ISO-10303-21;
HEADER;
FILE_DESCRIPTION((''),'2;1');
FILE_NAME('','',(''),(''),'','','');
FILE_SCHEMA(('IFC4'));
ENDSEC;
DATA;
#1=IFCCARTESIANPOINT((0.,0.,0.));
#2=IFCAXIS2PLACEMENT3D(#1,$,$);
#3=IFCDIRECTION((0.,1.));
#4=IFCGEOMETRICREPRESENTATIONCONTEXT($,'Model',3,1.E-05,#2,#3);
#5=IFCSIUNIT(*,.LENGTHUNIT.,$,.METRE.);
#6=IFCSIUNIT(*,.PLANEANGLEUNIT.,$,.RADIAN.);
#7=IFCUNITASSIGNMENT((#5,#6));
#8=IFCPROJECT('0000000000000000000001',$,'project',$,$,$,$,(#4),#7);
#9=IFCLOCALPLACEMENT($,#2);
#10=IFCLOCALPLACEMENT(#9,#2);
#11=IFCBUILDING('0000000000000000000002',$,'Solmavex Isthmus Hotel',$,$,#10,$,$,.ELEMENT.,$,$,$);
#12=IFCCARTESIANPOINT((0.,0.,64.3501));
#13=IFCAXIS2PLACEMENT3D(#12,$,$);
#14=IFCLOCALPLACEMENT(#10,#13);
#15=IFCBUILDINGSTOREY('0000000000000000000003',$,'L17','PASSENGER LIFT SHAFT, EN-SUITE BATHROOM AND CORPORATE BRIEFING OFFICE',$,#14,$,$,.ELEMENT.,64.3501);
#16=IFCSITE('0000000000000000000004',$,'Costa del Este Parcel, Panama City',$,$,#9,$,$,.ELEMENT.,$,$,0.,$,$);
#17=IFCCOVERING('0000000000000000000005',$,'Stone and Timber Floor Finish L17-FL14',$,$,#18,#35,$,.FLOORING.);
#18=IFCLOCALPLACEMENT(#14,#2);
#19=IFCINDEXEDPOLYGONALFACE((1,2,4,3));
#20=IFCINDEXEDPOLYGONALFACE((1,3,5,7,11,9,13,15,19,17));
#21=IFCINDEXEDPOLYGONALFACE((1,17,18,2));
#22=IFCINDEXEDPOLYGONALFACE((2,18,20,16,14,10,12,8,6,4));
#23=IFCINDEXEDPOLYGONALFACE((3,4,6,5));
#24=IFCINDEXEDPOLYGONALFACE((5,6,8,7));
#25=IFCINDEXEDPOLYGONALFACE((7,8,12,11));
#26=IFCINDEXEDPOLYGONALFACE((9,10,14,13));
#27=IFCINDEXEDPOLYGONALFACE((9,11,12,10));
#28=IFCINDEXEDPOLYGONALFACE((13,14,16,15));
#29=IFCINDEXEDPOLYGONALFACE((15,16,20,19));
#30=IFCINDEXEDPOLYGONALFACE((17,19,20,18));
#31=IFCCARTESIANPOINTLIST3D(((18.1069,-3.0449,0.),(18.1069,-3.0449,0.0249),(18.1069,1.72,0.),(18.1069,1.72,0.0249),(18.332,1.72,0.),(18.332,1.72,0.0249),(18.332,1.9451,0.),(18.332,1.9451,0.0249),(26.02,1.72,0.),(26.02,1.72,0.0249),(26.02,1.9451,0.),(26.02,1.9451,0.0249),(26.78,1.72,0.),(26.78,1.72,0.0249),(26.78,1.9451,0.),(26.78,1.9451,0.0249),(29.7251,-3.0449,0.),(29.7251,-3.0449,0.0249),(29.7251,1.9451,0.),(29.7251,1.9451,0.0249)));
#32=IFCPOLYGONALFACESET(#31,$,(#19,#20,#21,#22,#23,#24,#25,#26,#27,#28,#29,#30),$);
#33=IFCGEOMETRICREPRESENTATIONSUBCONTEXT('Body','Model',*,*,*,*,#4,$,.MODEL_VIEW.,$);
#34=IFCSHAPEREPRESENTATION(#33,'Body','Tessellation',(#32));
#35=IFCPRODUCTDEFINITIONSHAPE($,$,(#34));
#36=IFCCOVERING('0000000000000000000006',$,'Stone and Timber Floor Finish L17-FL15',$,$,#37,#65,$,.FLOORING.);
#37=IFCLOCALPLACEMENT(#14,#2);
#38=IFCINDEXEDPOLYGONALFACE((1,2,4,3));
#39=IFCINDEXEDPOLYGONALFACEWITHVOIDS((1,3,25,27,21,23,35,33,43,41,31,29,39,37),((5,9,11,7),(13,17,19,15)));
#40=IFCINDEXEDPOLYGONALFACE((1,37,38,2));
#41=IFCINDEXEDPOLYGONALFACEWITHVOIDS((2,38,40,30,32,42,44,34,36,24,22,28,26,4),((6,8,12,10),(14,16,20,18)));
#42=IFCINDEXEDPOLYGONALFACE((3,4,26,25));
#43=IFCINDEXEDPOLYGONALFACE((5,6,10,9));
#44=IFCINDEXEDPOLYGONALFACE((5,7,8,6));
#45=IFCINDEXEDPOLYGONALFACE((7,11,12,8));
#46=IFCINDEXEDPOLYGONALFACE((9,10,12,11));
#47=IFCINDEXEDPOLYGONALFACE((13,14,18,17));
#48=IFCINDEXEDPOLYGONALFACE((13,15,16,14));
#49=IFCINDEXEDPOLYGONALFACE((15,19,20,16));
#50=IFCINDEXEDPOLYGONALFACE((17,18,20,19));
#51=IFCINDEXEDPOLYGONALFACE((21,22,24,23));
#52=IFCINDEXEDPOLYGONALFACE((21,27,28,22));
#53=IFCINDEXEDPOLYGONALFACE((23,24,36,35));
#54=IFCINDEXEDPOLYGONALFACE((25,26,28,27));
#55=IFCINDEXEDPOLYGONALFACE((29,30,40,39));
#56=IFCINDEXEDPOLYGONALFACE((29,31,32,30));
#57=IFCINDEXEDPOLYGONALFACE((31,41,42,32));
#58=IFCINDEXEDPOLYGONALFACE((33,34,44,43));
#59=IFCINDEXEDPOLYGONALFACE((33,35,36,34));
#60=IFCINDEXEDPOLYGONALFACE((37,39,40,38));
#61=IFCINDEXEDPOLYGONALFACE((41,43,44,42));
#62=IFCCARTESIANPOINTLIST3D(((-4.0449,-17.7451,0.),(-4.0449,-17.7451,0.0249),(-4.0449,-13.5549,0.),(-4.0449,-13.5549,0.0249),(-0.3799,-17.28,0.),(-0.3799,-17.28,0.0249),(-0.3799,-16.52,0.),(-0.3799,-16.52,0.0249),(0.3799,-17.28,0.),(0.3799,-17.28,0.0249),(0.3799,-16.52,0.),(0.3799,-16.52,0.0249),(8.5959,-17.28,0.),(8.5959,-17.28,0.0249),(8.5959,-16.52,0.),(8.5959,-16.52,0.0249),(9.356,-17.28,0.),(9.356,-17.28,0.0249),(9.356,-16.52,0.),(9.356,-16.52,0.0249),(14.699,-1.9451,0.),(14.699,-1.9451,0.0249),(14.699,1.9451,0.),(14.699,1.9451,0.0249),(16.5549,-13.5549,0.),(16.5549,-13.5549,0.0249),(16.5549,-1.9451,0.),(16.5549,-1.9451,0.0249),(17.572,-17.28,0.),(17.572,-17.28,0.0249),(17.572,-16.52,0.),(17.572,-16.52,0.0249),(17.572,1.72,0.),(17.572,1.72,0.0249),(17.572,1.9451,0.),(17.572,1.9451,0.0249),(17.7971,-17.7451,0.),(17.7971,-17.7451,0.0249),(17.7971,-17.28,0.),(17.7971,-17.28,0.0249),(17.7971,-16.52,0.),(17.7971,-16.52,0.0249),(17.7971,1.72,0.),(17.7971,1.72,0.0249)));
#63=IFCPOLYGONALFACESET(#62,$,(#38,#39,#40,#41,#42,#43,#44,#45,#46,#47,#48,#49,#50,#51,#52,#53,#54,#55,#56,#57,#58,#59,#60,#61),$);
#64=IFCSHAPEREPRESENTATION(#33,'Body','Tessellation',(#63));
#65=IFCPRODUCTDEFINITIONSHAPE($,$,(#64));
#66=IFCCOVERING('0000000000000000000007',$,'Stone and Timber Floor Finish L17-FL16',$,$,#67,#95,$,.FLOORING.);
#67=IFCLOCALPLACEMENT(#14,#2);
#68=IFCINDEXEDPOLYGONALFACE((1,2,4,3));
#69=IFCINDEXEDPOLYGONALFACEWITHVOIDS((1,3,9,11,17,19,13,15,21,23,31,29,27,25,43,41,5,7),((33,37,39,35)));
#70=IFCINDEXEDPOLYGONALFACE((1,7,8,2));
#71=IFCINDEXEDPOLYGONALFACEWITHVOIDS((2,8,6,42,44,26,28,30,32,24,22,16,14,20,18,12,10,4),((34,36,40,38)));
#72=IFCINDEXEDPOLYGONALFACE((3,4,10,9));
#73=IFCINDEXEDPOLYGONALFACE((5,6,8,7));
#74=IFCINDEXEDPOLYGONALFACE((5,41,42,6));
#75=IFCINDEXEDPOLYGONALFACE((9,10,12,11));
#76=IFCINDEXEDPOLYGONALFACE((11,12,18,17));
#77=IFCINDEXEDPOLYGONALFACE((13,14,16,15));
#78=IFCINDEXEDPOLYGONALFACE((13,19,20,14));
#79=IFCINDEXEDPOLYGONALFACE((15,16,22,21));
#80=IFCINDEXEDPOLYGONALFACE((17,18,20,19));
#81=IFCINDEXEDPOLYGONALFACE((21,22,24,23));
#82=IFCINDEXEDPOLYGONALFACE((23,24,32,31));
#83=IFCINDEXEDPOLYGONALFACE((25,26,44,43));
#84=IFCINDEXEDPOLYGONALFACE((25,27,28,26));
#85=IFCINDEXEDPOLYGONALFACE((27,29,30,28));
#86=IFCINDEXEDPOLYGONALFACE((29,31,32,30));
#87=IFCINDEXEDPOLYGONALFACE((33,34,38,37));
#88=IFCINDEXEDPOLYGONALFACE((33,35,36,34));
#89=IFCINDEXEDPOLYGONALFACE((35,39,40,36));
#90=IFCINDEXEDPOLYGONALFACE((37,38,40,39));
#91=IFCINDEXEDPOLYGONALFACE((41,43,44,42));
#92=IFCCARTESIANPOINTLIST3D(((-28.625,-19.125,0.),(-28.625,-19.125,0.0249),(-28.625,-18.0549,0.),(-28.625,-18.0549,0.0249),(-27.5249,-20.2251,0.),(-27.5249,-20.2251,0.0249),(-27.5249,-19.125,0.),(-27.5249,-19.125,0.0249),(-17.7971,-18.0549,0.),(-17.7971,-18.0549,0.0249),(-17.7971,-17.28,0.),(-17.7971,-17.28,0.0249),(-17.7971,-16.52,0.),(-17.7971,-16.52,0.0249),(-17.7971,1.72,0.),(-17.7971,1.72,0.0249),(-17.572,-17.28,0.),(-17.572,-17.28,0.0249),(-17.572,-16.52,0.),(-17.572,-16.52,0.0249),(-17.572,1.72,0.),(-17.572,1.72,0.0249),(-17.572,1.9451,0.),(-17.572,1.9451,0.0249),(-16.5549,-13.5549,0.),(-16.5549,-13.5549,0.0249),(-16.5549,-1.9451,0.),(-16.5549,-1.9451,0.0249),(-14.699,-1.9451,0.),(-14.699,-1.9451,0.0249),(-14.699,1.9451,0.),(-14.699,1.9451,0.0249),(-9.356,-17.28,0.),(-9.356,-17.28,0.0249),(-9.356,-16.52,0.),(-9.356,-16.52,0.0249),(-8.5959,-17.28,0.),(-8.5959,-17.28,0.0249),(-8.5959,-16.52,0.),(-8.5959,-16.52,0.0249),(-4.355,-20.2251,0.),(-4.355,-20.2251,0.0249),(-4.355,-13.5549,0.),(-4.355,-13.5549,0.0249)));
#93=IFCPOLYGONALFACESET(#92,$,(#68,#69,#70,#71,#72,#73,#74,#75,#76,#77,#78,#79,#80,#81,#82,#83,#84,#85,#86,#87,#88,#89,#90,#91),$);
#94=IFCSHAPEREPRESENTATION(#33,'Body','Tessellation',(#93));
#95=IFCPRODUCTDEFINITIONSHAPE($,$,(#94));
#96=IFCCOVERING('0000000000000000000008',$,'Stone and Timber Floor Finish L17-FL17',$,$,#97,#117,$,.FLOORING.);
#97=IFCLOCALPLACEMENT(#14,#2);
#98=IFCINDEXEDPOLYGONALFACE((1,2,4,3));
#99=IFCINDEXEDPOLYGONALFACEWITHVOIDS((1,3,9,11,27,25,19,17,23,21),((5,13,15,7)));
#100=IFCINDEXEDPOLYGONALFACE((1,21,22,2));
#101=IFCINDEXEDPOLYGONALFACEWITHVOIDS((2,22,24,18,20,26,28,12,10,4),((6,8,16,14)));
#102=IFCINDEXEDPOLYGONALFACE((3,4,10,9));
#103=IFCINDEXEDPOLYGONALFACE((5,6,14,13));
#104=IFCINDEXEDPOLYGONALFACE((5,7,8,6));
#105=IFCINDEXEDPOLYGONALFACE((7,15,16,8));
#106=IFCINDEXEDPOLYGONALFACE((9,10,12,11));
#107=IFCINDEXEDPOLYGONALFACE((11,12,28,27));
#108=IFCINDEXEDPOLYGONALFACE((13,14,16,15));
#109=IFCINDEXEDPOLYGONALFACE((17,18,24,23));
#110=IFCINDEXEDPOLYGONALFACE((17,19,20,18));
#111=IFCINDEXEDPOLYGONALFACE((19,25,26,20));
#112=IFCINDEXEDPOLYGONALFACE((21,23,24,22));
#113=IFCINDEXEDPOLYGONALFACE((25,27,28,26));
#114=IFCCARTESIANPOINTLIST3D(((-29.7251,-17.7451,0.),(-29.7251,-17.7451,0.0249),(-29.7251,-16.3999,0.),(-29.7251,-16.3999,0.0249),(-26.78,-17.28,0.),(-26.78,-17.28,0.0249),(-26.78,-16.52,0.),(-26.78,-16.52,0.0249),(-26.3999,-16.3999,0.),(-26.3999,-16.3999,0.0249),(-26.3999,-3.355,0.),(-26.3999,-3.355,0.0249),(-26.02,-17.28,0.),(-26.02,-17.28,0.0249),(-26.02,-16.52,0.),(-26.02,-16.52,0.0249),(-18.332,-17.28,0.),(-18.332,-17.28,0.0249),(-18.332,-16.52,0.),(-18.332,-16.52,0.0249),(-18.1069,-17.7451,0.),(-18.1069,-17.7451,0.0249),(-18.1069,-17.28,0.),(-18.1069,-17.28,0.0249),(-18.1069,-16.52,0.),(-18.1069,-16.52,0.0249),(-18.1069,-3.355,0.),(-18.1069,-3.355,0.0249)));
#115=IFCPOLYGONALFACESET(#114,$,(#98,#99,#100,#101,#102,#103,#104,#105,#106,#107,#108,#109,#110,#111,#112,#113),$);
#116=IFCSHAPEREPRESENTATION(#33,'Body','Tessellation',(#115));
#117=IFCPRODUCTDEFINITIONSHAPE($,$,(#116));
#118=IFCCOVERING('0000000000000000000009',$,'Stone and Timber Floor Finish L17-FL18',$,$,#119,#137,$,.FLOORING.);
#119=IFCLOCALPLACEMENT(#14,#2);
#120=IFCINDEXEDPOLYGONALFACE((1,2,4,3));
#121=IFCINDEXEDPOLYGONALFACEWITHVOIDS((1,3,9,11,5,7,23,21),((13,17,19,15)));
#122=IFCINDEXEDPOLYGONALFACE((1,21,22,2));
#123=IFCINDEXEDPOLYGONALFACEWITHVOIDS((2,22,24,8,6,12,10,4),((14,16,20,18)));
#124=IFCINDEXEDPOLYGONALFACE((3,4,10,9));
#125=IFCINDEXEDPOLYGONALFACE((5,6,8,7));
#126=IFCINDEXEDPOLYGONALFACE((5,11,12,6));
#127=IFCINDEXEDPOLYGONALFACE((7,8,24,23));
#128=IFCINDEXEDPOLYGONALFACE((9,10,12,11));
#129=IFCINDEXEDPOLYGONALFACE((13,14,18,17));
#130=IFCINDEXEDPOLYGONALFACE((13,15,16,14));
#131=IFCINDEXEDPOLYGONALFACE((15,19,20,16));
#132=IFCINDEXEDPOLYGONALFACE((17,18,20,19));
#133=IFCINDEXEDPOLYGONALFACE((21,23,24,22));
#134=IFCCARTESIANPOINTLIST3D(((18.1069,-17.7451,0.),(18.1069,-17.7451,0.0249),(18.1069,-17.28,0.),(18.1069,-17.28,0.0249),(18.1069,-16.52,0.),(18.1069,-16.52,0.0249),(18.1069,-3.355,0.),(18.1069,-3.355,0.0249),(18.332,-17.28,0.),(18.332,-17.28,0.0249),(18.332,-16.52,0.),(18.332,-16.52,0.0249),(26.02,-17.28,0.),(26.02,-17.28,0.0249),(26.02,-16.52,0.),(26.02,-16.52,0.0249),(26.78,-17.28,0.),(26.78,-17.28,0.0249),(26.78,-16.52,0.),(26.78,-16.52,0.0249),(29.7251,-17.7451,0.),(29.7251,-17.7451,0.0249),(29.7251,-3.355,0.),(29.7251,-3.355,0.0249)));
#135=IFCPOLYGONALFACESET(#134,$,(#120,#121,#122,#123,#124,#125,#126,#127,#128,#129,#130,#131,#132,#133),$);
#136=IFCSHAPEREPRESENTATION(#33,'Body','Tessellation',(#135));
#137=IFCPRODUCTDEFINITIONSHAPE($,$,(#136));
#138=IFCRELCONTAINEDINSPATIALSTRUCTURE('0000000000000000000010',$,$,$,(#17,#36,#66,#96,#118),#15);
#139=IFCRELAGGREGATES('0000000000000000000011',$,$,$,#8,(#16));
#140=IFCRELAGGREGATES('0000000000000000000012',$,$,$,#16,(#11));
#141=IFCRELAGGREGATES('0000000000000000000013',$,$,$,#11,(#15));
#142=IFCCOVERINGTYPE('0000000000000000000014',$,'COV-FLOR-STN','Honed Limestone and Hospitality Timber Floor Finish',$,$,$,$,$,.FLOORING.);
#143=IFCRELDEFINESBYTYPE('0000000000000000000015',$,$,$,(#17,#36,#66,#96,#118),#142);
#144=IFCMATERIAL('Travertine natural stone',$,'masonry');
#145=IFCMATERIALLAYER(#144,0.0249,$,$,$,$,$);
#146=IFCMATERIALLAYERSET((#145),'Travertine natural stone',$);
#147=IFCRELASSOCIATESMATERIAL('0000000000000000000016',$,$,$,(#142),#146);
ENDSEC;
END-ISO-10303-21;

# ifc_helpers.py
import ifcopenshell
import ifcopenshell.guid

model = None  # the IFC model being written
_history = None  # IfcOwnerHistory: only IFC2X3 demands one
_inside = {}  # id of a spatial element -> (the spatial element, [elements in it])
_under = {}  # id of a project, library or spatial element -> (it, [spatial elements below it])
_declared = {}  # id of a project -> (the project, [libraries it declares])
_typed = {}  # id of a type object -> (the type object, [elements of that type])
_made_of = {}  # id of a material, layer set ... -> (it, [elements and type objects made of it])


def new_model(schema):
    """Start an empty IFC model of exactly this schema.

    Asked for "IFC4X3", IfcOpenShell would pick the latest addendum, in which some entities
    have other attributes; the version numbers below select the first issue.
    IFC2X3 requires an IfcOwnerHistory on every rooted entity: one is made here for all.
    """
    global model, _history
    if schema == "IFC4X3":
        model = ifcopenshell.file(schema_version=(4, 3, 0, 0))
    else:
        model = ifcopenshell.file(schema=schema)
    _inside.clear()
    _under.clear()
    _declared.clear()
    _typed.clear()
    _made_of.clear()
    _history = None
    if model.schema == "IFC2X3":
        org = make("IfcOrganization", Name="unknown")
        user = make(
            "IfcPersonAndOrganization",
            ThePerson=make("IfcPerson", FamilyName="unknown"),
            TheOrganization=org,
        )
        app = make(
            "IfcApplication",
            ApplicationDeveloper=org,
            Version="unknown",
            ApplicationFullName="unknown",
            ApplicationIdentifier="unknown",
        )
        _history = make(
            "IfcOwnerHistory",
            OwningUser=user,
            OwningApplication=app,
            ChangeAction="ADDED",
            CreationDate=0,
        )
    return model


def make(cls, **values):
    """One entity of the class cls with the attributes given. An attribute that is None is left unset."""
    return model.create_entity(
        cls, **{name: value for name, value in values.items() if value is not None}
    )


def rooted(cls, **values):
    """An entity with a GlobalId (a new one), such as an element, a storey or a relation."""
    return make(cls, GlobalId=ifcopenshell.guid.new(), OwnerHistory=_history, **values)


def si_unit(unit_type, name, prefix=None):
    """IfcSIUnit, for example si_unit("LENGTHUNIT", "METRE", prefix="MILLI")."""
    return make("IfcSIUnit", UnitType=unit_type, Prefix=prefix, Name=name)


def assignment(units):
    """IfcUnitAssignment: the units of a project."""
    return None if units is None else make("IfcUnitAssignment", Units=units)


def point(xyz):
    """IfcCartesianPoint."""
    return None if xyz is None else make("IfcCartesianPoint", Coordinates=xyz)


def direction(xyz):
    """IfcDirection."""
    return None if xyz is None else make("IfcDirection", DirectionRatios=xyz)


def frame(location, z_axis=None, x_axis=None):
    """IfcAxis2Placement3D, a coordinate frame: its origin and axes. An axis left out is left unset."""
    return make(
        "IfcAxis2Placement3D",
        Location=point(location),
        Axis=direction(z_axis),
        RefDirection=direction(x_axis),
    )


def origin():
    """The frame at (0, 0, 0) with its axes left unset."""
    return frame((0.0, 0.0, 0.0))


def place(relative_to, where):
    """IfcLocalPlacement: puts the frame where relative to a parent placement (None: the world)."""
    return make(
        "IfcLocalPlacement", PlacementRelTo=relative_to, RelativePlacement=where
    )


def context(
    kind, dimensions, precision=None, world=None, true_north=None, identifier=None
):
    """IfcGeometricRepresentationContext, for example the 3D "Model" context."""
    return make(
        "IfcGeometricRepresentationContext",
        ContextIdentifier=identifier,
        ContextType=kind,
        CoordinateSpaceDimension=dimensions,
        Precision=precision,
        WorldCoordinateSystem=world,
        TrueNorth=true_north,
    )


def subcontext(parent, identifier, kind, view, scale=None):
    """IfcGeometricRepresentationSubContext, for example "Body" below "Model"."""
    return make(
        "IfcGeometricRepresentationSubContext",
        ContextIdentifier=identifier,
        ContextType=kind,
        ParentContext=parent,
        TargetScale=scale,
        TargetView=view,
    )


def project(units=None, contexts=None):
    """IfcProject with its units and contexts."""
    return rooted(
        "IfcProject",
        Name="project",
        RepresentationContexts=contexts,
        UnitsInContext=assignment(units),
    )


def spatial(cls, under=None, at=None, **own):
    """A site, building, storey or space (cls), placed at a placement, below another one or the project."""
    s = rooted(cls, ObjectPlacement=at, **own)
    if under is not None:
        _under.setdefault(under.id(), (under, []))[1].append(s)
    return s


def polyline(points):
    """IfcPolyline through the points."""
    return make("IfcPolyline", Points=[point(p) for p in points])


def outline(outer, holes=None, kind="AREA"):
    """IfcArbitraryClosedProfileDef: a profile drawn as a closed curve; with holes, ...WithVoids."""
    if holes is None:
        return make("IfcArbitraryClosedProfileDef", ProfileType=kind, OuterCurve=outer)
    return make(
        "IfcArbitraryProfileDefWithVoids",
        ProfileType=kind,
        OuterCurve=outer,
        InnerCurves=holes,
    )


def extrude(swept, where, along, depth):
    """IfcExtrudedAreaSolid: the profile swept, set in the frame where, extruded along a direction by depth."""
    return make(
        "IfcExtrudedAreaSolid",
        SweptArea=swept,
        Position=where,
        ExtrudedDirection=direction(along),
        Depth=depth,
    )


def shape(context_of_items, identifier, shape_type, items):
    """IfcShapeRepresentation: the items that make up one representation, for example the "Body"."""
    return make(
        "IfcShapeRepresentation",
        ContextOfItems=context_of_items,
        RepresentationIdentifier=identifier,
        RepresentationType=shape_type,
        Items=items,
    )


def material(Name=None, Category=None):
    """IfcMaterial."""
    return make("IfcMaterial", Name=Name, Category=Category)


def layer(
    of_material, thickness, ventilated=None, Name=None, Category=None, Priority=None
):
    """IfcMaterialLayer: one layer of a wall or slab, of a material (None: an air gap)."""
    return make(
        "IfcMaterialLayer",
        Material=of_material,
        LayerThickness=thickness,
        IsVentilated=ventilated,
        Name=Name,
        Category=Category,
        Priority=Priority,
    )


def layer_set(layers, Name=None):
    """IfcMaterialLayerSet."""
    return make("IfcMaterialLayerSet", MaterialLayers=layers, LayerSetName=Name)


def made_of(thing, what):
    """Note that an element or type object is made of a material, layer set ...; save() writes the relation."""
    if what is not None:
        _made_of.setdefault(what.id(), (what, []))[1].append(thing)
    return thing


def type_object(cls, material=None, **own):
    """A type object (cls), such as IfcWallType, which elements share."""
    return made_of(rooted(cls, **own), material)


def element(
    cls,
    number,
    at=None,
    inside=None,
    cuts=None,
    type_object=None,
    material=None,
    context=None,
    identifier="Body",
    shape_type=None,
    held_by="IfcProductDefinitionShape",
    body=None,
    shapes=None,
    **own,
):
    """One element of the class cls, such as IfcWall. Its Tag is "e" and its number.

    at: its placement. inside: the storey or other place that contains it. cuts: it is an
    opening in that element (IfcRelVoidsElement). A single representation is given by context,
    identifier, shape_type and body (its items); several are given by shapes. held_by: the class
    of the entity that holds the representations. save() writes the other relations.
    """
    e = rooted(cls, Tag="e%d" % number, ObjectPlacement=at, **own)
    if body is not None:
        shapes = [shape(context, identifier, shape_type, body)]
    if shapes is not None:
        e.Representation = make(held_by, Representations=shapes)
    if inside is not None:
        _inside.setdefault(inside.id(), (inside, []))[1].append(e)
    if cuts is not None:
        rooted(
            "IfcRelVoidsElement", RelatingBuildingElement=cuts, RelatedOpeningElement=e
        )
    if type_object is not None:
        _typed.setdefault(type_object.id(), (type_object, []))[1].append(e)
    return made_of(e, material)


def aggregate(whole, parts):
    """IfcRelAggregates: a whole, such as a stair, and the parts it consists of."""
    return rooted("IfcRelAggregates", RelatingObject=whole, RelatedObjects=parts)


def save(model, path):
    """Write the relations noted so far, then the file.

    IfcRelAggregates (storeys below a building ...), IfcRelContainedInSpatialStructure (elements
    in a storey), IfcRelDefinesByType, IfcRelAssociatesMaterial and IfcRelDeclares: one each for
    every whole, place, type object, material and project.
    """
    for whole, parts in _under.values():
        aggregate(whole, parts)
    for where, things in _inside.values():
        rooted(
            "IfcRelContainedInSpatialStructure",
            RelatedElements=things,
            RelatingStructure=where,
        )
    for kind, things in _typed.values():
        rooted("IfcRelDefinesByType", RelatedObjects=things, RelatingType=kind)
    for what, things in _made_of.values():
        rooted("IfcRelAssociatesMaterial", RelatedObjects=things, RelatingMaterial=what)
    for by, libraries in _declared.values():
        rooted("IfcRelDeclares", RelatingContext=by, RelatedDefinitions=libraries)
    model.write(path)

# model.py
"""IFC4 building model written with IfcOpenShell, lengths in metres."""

from ifc_helpers import new_model, si_unit, direction, frame, origin, place, context, subcontext, project, spatial, polyline, outline, extrude, material, layer, layer_set, type_object, element, save


model = new_model("IFC4")

# Units and contexts
model_context = context("Model", 3, precision=1e-05, world=origin(), true_north=direction((0.0, 1.0)))
body_context = subcontext(model_context, "Body", "Model", "MODEL_VIEW")
ifc_project = project(units=[si_unit("LENGTHUNIT", "METRE"), si_unit("PLANEANGLEUNIT", "RADIAN")], contexts=[model_context])

# Site, building, storey
site_placement = place(None, origin())
site = spatial("IfcSite", under=ifc_project, at=site_placement, Name="Costa del Este Parcel, Panama City", CompositionType="ELEMENT", RefElevation=0.0)
building_placement = place(site_placement, origin())
building = spatial("IfcBuilding", under=site, at=building_placement, Name="Solmavex Isthmus Hotel", CompositionType="ELEMENT")
storey_placement = place(building_placement, frame((0.0, 0.0, 64.3501)))
storey = spatial("IfcBuildingStorey", under=building, at=storey_placement, Name="L17", Description="PASSENGER LIFT SHAFT, EN-SUITE BATHROOM AND CORPORATE BRIEFING OFFICE", CompositionType="ELEMENT", Elevation=64.3501)

# Coverings
ifc_material_1 = material(Name="Travertine natural stone", Category="masonry")
ifc_layer_1 = layer(ifc_material_1, 0.0249)
ifc_layer_set_1 = layer_set([ifc_layer_1], Name="Travertine natural stone")
covering_type_1 = type_object("IfcCoveringType", Name="COV-FLOR-STN", Description="Honed Limestone and Hospitality Timber Floor Finish", PredefinedType="FLOORING", material=ifc_layer_set_1)
covering_1_placement = place(storey_placement, origin())
element("IfcCovering", 1, at=covering_1_placement, inside=storey, type_object=covering_type_1, Name="Stone and Timber Floor Finish L17-FL14", PredefinedType="FLOORING", context=body_context, shape_type="SweptSolid", body=[
    extrude(outline(polyline([(26.78, 1.9451), (26.78, 1.72), (26.02, 1.72), (26.02, 1.9451), (18.332, 1.9451), (18.332, 1.72), (18.1069, 1.72), (18.1069, -3.0449), (29.7251, -3.0449), (29.7251, 1.9451), (26.78, 1.9451)])), origin(), (0.0, 0.0, 1.0), 0.0249),
])
covering_2_placement = place(storey_placement, origin())
element("IfcCovering", 2, at=covering_2_placement, inside=storey, type_object=covering_type_1, Name="Stone and Timber Floor Finish L17-FL15", PredefinedType="FLOORING", context=body_context, shape_type="SweptSolid", body=[
    extrude(outline(polyline([(17.7971, 1.72), (17.572, 1.72), (17.572, 1.9451), (14.699, 1.9451), (14.699, -1.9451), (16.5549, -1.9451), (16.5549, -13.5549), (-4.0449, -13.5549), (-4.0449, -17.7451), (17.7971, -17.7451), (17.7971, -17.28), (17.572, -17.28), (17.572, -16.52), (17.7971, -16.52), (17.7971, 1.72)]), holes=[polyline([(8.5959, -17.28), (8.5959, -16.52), (9.356, -16.52), (9.356, -17.28), (8.5959, -17.28)]), polyline([(-0.3799, -17.28), (-0.3799, -16.52), (0.3799, -16.52), (0.3799, -17.28), (-0.3799, -17.28)])]), origin(), (0.0, 0.0, 1.0), 0.0249),
])
covering_3_placement = place(storey_placement, origin())
element("IfcCovering", 3, at=covering_3_placement, inside=storey, type_object=covering_type_1, Name="Stone and Timber Floor Finish L17-FL16", PredefinedType="FLOORING", context=body_context, shape_type="SweptSolid", body=[
    extrude(outline(polyline([(-28.625, -18.0549), (-28.625, -19.125), (-27.5249, -19.125), (-27.5249, -20.2251), (-4.355, -20.2251), (-4.355, -13.5549), (-16.5549, -13.5549), (-16.5549, -1.9451), (-14.699, -1.9451), (-14.699, 1.9451), (-17.572, 1.9451), (-17.572, 1.72), (-17.7971, 1.72), (-17.7971, -16.52), (-17.572, -16.52), (-17.572, -17.28), (-17.7971, -17.28), (-17.7971, -18.0549), (-28.625, -18.0549)]), holes=[polyline([(-9.356, -17.28), (-9.356, -16.52), (-8.5959, -16.52), (-8.5959, -17.28), (-9.356, -17.28)])]), origin(), (0.0, 0.0, 1.0), 0.0249),
])
covering_4_placement = place(storey_placement, origin())
element("IfcCovering", 4, at=covering_4_placement, inside=storey, type_object=covering_type_1, Name="Stone and Timber Floor Finish L17-FL17", PredefinedType="FLOORING", context=body_context, shape_type="SweptSolid", body=[
    extrude(outline(polyline([(-18.1069, -17.28), (-18.332, -17.28), (-18.332, -16.52), (-18.1069, -16.52), (-18.1069, -3.355), (-26.3999, -3.355), (-26.3999, -16.3999), (-29.7251, -16.3999), (-29.7251, -17.7451), (-18.1069, -17.7451), (-18.1069, -17.28)]), holes=[polyline([(-26.78, -17.28), (-26.78, -16.52), (-26.02, -16.52), (-26.02, -17.28), (-26.78, -17.28)])]), origin(), (0.0, 0.0, 1.0), 0.0249),
])
covering_5_placement = place(storey_placement, origin())
element("IfcCovering", 5, at=covering_5_placement, inside=storey, type_object=covering_type_1, Name="Stone and Timber Floor Finish L17-FL18", PredefinedType="FLOORING", context=body_context, shape_type="SweptSolid", body=[
    extrude(outline(polyline([(18.1069, -16.52), (18.332, -16.52), (18.332, -17.28), (18.1069, -17.28), (18.1069, -17.7451), (29.7251, -17.7451), (29.7251, -3.355), (18.1069, -3.355), (18.1069, -16.52)]), holes=[polyline([(26.02, -17.28), (26.02, -16.52), (26.78, -16.52), (26.78, -17.28), (26.02, -17.28)])]), origin(), (0.0, 0.0, 1.0), 0.0249),
])

save(model, "model.ifc")
